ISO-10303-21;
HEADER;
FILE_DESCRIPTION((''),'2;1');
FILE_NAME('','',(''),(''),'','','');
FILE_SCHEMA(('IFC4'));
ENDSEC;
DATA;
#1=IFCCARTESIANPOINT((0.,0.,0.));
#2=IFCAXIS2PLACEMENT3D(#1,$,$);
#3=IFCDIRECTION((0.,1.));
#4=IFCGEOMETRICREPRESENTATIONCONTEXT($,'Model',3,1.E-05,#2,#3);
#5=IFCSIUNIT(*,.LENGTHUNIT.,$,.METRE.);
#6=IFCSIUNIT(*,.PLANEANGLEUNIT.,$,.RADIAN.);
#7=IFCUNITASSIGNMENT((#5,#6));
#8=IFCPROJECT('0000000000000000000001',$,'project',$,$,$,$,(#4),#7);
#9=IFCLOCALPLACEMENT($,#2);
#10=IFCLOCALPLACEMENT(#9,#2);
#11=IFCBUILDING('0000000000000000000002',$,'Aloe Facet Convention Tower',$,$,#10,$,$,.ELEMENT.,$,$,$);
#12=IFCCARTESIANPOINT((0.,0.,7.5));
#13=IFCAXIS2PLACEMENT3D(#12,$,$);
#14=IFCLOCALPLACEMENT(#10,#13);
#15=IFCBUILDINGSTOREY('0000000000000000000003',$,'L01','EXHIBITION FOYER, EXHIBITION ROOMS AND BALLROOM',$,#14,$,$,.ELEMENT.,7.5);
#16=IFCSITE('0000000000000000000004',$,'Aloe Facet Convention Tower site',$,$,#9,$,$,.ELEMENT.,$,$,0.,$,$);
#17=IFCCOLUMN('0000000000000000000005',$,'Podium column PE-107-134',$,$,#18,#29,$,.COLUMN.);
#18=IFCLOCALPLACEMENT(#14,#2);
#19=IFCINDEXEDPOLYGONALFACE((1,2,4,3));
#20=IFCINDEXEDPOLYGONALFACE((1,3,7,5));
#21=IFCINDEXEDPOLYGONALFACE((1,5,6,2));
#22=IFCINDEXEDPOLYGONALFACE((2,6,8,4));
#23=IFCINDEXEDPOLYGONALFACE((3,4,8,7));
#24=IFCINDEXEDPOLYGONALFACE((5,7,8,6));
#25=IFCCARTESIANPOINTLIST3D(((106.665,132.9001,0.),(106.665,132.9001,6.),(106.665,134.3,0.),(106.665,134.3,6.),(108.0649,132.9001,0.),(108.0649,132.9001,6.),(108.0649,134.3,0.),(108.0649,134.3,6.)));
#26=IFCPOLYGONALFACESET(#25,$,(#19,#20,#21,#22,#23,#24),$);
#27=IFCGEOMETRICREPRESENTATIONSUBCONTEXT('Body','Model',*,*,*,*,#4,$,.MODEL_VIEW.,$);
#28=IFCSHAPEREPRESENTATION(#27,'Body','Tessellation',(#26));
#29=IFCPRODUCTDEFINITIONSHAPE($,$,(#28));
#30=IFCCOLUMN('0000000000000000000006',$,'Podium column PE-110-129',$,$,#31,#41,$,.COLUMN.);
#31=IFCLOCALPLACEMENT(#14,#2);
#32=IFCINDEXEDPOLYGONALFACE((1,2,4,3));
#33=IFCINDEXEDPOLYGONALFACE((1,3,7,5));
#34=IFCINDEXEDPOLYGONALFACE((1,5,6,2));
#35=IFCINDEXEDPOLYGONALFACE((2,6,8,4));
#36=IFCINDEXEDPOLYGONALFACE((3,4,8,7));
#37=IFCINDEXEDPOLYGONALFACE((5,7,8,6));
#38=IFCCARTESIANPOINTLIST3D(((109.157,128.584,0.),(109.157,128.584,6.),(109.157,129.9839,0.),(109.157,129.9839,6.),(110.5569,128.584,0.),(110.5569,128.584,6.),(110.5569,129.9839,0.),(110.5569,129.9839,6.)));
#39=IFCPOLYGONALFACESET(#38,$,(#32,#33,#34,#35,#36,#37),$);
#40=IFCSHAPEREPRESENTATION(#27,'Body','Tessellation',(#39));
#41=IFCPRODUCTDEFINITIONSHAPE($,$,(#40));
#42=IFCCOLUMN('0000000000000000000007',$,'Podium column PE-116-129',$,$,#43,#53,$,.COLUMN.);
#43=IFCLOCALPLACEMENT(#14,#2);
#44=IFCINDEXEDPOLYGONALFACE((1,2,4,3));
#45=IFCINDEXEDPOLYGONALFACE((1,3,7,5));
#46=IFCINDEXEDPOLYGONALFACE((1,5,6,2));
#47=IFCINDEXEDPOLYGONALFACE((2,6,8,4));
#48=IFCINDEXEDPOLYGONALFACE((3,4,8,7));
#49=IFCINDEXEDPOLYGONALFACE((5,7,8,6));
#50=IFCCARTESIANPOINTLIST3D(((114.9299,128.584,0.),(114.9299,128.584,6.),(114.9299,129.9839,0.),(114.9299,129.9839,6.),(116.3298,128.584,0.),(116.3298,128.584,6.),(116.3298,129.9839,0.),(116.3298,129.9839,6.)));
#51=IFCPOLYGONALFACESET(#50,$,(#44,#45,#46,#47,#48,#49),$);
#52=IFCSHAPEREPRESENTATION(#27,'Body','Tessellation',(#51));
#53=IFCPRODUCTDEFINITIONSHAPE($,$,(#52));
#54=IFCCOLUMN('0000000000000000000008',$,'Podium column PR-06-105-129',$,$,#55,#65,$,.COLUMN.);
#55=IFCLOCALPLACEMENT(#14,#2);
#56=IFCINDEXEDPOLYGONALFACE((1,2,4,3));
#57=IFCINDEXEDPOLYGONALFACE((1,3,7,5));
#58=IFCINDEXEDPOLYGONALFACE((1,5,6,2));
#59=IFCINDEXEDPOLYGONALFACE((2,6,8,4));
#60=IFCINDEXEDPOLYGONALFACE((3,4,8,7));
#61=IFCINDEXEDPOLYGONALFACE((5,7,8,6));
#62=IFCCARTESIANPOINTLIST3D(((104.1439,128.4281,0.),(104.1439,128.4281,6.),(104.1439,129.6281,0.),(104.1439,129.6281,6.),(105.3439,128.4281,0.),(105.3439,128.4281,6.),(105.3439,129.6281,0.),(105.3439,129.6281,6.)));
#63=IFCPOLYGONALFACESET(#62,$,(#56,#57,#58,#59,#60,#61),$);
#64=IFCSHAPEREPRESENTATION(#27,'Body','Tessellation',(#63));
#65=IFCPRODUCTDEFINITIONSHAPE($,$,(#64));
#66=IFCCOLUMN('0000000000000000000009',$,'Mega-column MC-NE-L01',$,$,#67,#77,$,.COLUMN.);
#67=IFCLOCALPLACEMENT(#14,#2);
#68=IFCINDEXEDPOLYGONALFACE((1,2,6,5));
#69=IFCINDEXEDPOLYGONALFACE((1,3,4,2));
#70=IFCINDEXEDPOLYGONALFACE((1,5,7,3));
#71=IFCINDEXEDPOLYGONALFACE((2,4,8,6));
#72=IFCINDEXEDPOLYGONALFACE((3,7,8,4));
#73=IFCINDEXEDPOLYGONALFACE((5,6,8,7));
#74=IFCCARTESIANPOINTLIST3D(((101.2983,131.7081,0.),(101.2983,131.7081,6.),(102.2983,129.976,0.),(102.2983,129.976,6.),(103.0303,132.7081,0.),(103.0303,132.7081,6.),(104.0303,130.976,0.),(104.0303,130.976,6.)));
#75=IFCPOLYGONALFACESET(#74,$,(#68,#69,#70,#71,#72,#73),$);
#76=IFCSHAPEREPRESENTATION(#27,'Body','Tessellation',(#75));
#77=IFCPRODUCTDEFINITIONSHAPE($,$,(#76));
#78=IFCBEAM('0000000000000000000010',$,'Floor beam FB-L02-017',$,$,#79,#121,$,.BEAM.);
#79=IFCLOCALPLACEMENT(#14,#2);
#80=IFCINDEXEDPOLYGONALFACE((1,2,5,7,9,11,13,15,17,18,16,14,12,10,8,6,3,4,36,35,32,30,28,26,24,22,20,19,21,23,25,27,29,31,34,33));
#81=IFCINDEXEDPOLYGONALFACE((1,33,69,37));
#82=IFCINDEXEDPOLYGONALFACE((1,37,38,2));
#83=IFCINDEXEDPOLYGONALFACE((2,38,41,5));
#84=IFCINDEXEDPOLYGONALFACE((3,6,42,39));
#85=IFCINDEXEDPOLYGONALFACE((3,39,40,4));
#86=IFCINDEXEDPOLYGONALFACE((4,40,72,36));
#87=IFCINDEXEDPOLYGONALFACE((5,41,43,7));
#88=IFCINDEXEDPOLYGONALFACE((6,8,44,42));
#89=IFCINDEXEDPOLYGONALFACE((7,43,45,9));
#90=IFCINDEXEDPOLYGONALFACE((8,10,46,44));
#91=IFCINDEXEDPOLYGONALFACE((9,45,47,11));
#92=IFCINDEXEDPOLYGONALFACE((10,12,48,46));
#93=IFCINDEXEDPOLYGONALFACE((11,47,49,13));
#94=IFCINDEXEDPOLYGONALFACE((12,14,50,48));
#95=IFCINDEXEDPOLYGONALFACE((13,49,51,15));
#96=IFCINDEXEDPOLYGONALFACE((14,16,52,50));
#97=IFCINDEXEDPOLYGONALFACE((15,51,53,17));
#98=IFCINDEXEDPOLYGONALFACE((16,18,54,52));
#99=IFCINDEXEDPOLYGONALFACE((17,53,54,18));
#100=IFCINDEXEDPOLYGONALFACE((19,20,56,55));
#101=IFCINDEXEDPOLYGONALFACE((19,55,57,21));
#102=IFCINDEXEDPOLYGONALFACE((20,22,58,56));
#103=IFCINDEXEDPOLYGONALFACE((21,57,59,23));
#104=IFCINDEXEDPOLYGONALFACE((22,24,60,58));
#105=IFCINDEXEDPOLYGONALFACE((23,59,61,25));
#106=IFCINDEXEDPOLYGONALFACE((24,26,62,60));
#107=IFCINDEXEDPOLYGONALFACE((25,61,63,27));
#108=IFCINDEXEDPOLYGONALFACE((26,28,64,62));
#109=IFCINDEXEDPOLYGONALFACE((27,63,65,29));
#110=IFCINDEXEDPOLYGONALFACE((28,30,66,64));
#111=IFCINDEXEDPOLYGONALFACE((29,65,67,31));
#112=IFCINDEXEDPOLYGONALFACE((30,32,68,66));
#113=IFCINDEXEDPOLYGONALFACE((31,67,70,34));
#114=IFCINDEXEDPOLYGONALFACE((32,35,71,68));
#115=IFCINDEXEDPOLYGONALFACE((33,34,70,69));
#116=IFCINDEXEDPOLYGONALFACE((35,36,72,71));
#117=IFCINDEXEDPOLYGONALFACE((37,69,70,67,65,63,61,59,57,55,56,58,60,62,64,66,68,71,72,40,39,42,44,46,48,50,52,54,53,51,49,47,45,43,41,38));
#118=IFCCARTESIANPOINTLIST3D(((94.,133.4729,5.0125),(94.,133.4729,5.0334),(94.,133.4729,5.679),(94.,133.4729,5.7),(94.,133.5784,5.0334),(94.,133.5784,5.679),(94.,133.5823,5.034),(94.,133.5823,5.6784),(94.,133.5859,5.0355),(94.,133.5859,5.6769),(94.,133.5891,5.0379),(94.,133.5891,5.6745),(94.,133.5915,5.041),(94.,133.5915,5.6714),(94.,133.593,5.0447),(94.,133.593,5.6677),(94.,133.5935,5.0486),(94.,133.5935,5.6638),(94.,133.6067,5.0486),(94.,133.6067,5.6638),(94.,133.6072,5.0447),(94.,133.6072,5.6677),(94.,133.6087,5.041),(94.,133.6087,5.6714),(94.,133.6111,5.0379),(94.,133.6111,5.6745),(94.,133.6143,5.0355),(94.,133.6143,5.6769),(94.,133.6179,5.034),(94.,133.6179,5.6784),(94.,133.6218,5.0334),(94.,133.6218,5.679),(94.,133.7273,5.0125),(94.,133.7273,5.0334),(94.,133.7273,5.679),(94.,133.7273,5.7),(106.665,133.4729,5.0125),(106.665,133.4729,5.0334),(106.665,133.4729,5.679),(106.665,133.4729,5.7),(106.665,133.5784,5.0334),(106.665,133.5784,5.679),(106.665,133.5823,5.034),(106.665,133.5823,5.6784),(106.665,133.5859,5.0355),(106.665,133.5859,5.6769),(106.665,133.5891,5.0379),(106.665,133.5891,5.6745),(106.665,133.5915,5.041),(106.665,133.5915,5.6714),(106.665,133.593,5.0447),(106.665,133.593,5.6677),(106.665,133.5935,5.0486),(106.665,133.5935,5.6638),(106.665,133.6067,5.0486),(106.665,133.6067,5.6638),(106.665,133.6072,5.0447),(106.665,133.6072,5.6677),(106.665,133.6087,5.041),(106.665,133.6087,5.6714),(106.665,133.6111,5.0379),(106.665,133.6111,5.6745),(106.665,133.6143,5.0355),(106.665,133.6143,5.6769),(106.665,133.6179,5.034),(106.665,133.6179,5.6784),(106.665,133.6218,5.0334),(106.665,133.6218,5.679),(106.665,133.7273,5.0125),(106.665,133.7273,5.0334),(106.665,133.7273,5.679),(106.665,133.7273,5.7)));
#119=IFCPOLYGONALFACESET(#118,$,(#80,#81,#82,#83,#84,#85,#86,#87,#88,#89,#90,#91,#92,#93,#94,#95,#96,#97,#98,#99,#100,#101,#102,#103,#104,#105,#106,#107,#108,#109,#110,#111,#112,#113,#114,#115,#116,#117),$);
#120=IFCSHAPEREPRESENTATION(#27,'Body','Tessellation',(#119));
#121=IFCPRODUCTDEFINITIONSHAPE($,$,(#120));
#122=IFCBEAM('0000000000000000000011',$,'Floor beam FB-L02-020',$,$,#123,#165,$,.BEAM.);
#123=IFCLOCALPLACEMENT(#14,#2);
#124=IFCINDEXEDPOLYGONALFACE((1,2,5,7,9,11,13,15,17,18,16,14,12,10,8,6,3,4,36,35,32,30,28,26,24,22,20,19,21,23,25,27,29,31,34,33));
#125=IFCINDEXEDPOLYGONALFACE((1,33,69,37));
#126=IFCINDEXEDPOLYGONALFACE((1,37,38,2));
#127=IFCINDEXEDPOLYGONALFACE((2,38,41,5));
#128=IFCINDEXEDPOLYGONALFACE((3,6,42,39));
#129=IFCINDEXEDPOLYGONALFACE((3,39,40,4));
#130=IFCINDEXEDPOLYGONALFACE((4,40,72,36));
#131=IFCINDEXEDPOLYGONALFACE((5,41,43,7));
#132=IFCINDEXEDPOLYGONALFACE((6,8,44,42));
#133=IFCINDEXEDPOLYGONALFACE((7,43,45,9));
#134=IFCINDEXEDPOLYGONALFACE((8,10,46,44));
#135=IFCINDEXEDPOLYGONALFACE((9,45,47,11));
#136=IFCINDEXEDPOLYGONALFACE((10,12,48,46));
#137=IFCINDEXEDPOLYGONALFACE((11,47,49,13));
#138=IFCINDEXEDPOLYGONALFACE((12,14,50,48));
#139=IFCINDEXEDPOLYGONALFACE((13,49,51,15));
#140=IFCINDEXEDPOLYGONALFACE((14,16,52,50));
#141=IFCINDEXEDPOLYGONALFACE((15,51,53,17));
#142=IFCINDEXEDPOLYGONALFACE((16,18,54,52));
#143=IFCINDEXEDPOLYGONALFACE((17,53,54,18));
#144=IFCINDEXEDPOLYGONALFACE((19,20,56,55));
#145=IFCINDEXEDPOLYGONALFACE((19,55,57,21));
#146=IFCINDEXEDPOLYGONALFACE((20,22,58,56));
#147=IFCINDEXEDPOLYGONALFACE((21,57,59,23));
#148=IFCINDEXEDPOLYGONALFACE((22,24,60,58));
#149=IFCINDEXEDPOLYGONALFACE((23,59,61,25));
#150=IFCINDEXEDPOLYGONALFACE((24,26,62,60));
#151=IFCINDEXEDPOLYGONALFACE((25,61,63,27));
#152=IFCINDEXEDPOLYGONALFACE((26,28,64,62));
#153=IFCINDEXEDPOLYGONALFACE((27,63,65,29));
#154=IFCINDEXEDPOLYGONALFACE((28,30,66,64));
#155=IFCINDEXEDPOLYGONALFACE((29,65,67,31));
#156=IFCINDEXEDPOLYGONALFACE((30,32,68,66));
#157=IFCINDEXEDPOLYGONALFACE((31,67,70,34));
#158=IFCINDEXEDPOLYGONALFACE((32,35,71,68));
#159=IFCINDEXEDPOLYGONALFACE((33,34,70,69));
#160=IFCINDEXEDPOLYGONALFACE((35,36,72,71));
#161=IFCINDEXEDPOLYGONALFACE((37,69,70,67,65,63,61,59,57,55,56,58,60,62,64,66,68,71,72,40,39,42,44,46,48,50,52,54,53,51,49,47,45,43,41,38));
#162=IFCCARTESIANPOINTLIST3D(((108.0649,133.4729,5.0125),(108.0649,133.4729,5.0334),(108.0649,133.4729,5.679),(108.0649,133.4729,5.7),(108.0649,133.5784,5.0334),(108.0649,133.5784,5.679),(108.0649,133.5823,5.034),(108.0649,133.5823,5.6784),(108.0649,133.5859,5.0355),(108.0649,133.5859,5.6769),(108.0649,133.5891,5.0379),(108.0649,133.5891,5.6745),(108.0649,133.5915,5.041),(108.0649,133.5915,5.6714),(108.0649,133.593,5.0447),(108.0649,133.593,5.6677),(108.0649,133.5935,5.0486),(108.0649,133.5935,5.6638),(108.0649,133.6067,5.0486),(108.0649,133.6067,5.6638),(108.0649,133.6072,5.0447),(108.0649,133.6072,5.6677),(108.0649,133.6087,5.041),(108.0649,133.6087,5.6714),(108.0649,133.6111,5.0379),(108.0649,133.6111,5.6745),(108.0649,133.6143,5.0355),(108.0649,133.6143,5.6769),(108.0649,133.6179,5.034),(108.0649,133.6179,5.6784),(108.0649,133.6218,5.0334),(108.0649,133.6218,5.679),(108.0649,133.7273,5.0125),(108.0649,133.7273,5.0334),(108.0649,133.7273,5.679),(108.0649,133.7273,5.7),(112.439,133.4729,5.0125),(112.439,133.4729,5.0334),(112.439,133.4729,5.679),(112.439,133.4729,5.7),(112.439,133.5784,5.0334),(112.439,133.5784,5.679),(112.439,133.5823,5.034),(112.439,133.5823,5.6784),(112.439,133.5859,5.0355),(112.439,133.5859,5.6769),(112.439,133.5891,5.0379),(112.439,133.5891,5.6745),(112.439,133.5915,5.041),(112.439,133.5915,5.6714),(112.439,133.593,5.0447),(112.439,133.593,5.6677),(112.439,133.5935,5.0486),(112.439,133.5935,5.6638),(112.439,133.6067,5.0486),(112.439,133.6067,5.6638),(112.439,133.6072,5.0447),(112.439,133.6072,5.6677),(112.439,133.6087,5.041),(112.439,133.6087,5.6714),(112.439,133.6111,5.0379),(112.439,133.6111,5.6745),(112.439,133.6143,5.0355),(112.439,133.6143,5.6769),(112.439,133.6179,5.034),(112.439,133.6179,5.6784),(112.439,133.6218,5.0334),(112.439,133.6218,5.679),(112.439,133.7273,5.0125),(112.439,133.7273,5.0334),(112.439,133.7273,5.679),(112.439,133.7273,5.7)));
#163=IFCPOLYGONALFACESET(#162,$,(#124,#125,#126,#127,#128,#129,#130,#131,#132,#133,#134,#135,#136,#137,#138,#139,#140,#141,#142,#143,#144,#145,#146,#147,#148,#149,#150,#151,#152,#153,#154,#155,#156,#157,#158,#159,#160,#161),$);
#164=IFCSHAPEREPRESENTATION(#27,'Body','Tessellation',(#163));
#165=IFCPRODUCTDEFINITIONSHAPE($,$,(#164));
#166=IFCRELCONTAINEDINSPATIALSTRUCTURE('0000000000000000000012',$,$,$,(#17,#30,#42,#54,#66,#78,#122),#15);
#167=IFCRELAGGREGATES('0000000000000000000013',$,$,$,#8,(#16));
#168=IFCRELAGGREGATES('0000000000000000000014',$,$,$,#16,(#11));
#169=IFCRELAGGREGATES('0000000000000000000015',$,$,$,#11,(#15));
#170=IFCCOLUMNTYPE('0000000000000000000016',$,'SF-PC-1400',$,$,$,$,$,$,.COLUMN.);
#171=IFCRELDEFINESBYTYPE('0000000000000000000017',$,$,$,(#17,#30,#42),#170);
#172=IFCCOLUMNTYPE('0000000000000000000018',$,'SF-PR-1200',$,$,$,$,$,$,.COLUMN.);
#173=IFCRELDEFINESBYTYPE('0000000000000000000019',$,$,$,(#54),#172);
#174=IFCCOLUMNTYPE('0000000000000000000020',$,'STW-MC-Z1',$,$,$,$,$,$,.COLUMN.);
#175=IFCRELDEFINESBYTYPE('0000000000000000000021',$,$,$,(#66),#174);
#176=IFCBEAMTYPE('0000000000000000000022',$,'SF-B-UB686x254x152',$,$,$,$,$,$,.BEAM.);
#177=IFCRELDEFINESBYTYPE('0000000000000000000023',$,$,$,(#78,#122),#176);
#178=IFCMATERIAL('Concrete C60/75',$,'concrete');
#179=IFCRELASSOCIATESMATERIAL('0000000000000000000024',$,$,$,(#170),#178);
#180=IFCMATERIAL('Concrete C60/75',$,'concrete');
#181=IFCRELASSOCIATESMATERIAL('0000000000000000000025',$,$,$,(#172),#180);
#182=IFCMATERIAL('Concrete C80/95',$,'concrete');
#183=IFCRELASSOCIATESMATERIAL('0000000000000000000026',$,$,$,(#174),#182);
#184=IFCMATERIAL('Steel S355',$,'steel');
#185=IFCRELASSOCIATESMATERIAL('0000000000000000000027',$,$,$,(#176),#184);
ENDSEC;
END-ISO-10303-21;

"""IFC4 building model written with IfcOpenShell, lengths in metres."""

from ifc_helpers import new_model, si_unit, direction, frame, origin, origin_2d, place, context, subcontext, project, spatial, rectangle, i_section, extrude, material, material_profile, profile_set, type_object, element, save


model = new_model("IFC4")

# Units and contexts
model_context = context("Model", 3, precision=1e-05, world=origin(), true_north=direction((0.0, 1.0)))
body_context = subcontext(model_context, "Body", "Model", "MODEL_VIEW")
ifc_project = project(units=[si_unit("LENGTHUNIT", "METRE"), si_unit("PLANEANGLEUNIT", "RADIAN")], contexts=[model_context])

# Site, building, storey
site_placement = place(None, origin())
site = spatial("IfcSite", under=ifc_project, at=site_placement, Name="Aloe Facet Convention Tower site", CompositionType="ELEMENT", RefElevation=0.0)
building_placement = place(site_placement, origin())
building = spatial("IfcBuilding", under=site, at=building_placement, Name="Aloe Facet Convention Tower", CompositionType="ELEMENT")
storey_placement = place(building_placement, frame((0.0, 0.0, 7.5)))
storey = spatial("IfcBuildingStorey", under=building, at=storey_placement, Name="L01", Description="EXHIBITION FOYER, EXHIBITION ROOMS AND BALLROOM", CompositionType="ELEMENT", Elevation=7.5)

# Columns
ifc_material_1 = material(Name="Concrete C60/75", Category="concrete")
ifc_material_profile_1 = material_profile(ifc_material_1, rectangle(XDim=1.3999, YDim=1.3999, at=origin_2d()), Name="SF-PC-1400")
ifc_profile_set_1 = profile_set([ifc_material_profile_1], Name="Concrete C60/75")
column_type_1 = type_object("IfcColumnType", Name="SF-PC-1400", PredefinedType="COLUMN", material=ifc_profile_set_1)
for number, where, z_axis, x_axis, name in (
    (1, (107.365, 133.6001, 0.0), (0.0, 0.0, 1.0), (1.0, 0.0, 0.0), "Podium column PE-107-134"),
    (2, (109.8569, 129.2839, 0.0), (0.0, 0.0, 1.0), (1.0, 0.0, 0.0), "Podium column PE-110-129"),
    (3, (115.6299, 129.2839, 0.0), (0.0, 0.0, 1.0), (1.0, 0.0, 0.0), "Podium column PE-116-129"),
):
    element("IfcColumn", number, at=place(storey_placement, frame(where, z_axis=z_axis, x_axis=x_axis)), inside=storey, type_object=column_type_1, Name=name, PredefinedType="COLUMN", context=body_context, shape_type="SweptSolid", body=[
        extrude(rectangle(XDim=1.3999, YDim=1.3999, at=origin_2d()), origin(), (0.0, 0.0, 1.0), 6.0),
    ])
ifc_material_2 = material(Name="Concrete C60/75", Category="concrete")
ifc_material_profile_2 = material_profile(ifc_material_2, rectangle(XDim=1.2, YDim=1.2, at=origin_2d()), Name="SF-PR-1200")
ifc_profile_set_2 = profile_set([ifc_material_profile_2], Name="Concrete C60/75")
column_type_2 = type_object("IfcColumnType", Name="SF-PR-1200", PredefinedType="COLUMN", material=ifc_profile_set_2)
column_1_placement = place(storey_placement, frame((104.7439, 129.0281, 0.0), z_axis=(0.0, 0.0, 1.0), x_axis=(1.0, 0.0, 0.0)))
element("IfcColumn", 4, at=column_1_placement, inside=storey, type_object=column_type_2, Name="Podium column PR-06-105-129", PredefinedType="COLUMN", context=body_context, shape_type="SweptSolid", body=[
    extrude(rectangle(XDim=1.2, YDim=1.2, at=origin_2d()), origin(), (0.0, 0.0, 1.0), 6.0),
])
ifc_material_3 = material(Name="Concrete C80/95", Category="concrete")
ifc_material_profile_3 = material_profile(ifc_material_3, rectangle(XDim=2.0, YDim=2.0, at=origin_2d()), Name="STW-MC-Z1")
ifc_profile_set_3 = profile_set([ifc_material_profile_3], Name="Concrete C80/95")
column_type_3 = type_object("IfcColumnType", Name="STW-MC-Z1", PredefinedType="COLUMN", material=ifc_profile_set_3)
column_2_placement = place(storey_placement, frame((102.6643, 131.342, 0.0), z_axis=(0.0, 0.0, 1.0), x_axis=(-0.5, 0.866025, 0.0)))
element("IfcColumn", 5, at=column_2_placement, inside=storey, type_object=column_type_3, Name="Mega-column MC-NE-L01", PredefinedType="COLUMN", context=body_context, shape_type="SweptSolid", body=[
    extrude(rectangle(XDim=2.0, YDim=2.0, at=origin_2d()), origin(), (0.0, 0.0, 1.0), 6.0),
])

# Beams
ifc_material_4 = material(Name="Steel S355", Category="steel")
ifc_material_profile_4 = material_profile(ifc_material_4, i_section(OverallWidth=0.2544, OverallDepth=0.6875, WebThickness=0.0132, FlangeThickness=0.021, FilletRadius=0.0151, at=origin_2d()), Name="UB 686x254x152")
ifc_profile_set_4 = profile_set([ifc_material_profile_4], Name="Steel S355")
beam_type_1 = type_object("IfcBeamType", Name="SF-B-UB686x254x152", PredefinedType="BEAM", material=ifc_profile_set_4)
beam_1_placement = place(storey_placement, frame((94.0, 133.6001, 5.3562), z_axis=(1.0, 0.0, 0.0), x_axis=(0.0, 1.0, 0.0)))
element("IfcBeam", 6, at=beam_1_placement, inside=storey, type_object=beam_type_1, Name="Floor beam FB-L02-017", PredefinedType="BEAM", context=body_context, shape_type="SweptSolid", body=[
    extrude(i_section(OverallWidth=0.2544, OverallDepth=0.6875, WebThickness=0.0132, FlangeThickness=0.021, FilletRadius=0.0151, at=origin_2d()), origin(), (0.0, 0.0, 1.0), 12.665),
])
beam_2_placement = place(storey_placement, frame((108.0649, 133.6001, 5.3562), z_axis=(1.0, 0.0, 0.0), x_axis=(0.0, 1.0, 0.0)))
element("IfcBeam", 7, at=beam_2_placement, inside=storey, type_object=beam_type_1, Name="Floor beam FB-L02-020", PredefinedType="BEAM", context=body_context, shape_type="SweptSolid", body=[
    extrude(i_section(OverallWidth=0.2544, OverallDepth=0.6875, WebThickness=0.0132, FlangeThickness=0.021, FilletRadius=0.0151, at=origin_2d()), origin(), (0.0, 0.0, 1.0), 4.374),
])

save(model, "model.ifc")
